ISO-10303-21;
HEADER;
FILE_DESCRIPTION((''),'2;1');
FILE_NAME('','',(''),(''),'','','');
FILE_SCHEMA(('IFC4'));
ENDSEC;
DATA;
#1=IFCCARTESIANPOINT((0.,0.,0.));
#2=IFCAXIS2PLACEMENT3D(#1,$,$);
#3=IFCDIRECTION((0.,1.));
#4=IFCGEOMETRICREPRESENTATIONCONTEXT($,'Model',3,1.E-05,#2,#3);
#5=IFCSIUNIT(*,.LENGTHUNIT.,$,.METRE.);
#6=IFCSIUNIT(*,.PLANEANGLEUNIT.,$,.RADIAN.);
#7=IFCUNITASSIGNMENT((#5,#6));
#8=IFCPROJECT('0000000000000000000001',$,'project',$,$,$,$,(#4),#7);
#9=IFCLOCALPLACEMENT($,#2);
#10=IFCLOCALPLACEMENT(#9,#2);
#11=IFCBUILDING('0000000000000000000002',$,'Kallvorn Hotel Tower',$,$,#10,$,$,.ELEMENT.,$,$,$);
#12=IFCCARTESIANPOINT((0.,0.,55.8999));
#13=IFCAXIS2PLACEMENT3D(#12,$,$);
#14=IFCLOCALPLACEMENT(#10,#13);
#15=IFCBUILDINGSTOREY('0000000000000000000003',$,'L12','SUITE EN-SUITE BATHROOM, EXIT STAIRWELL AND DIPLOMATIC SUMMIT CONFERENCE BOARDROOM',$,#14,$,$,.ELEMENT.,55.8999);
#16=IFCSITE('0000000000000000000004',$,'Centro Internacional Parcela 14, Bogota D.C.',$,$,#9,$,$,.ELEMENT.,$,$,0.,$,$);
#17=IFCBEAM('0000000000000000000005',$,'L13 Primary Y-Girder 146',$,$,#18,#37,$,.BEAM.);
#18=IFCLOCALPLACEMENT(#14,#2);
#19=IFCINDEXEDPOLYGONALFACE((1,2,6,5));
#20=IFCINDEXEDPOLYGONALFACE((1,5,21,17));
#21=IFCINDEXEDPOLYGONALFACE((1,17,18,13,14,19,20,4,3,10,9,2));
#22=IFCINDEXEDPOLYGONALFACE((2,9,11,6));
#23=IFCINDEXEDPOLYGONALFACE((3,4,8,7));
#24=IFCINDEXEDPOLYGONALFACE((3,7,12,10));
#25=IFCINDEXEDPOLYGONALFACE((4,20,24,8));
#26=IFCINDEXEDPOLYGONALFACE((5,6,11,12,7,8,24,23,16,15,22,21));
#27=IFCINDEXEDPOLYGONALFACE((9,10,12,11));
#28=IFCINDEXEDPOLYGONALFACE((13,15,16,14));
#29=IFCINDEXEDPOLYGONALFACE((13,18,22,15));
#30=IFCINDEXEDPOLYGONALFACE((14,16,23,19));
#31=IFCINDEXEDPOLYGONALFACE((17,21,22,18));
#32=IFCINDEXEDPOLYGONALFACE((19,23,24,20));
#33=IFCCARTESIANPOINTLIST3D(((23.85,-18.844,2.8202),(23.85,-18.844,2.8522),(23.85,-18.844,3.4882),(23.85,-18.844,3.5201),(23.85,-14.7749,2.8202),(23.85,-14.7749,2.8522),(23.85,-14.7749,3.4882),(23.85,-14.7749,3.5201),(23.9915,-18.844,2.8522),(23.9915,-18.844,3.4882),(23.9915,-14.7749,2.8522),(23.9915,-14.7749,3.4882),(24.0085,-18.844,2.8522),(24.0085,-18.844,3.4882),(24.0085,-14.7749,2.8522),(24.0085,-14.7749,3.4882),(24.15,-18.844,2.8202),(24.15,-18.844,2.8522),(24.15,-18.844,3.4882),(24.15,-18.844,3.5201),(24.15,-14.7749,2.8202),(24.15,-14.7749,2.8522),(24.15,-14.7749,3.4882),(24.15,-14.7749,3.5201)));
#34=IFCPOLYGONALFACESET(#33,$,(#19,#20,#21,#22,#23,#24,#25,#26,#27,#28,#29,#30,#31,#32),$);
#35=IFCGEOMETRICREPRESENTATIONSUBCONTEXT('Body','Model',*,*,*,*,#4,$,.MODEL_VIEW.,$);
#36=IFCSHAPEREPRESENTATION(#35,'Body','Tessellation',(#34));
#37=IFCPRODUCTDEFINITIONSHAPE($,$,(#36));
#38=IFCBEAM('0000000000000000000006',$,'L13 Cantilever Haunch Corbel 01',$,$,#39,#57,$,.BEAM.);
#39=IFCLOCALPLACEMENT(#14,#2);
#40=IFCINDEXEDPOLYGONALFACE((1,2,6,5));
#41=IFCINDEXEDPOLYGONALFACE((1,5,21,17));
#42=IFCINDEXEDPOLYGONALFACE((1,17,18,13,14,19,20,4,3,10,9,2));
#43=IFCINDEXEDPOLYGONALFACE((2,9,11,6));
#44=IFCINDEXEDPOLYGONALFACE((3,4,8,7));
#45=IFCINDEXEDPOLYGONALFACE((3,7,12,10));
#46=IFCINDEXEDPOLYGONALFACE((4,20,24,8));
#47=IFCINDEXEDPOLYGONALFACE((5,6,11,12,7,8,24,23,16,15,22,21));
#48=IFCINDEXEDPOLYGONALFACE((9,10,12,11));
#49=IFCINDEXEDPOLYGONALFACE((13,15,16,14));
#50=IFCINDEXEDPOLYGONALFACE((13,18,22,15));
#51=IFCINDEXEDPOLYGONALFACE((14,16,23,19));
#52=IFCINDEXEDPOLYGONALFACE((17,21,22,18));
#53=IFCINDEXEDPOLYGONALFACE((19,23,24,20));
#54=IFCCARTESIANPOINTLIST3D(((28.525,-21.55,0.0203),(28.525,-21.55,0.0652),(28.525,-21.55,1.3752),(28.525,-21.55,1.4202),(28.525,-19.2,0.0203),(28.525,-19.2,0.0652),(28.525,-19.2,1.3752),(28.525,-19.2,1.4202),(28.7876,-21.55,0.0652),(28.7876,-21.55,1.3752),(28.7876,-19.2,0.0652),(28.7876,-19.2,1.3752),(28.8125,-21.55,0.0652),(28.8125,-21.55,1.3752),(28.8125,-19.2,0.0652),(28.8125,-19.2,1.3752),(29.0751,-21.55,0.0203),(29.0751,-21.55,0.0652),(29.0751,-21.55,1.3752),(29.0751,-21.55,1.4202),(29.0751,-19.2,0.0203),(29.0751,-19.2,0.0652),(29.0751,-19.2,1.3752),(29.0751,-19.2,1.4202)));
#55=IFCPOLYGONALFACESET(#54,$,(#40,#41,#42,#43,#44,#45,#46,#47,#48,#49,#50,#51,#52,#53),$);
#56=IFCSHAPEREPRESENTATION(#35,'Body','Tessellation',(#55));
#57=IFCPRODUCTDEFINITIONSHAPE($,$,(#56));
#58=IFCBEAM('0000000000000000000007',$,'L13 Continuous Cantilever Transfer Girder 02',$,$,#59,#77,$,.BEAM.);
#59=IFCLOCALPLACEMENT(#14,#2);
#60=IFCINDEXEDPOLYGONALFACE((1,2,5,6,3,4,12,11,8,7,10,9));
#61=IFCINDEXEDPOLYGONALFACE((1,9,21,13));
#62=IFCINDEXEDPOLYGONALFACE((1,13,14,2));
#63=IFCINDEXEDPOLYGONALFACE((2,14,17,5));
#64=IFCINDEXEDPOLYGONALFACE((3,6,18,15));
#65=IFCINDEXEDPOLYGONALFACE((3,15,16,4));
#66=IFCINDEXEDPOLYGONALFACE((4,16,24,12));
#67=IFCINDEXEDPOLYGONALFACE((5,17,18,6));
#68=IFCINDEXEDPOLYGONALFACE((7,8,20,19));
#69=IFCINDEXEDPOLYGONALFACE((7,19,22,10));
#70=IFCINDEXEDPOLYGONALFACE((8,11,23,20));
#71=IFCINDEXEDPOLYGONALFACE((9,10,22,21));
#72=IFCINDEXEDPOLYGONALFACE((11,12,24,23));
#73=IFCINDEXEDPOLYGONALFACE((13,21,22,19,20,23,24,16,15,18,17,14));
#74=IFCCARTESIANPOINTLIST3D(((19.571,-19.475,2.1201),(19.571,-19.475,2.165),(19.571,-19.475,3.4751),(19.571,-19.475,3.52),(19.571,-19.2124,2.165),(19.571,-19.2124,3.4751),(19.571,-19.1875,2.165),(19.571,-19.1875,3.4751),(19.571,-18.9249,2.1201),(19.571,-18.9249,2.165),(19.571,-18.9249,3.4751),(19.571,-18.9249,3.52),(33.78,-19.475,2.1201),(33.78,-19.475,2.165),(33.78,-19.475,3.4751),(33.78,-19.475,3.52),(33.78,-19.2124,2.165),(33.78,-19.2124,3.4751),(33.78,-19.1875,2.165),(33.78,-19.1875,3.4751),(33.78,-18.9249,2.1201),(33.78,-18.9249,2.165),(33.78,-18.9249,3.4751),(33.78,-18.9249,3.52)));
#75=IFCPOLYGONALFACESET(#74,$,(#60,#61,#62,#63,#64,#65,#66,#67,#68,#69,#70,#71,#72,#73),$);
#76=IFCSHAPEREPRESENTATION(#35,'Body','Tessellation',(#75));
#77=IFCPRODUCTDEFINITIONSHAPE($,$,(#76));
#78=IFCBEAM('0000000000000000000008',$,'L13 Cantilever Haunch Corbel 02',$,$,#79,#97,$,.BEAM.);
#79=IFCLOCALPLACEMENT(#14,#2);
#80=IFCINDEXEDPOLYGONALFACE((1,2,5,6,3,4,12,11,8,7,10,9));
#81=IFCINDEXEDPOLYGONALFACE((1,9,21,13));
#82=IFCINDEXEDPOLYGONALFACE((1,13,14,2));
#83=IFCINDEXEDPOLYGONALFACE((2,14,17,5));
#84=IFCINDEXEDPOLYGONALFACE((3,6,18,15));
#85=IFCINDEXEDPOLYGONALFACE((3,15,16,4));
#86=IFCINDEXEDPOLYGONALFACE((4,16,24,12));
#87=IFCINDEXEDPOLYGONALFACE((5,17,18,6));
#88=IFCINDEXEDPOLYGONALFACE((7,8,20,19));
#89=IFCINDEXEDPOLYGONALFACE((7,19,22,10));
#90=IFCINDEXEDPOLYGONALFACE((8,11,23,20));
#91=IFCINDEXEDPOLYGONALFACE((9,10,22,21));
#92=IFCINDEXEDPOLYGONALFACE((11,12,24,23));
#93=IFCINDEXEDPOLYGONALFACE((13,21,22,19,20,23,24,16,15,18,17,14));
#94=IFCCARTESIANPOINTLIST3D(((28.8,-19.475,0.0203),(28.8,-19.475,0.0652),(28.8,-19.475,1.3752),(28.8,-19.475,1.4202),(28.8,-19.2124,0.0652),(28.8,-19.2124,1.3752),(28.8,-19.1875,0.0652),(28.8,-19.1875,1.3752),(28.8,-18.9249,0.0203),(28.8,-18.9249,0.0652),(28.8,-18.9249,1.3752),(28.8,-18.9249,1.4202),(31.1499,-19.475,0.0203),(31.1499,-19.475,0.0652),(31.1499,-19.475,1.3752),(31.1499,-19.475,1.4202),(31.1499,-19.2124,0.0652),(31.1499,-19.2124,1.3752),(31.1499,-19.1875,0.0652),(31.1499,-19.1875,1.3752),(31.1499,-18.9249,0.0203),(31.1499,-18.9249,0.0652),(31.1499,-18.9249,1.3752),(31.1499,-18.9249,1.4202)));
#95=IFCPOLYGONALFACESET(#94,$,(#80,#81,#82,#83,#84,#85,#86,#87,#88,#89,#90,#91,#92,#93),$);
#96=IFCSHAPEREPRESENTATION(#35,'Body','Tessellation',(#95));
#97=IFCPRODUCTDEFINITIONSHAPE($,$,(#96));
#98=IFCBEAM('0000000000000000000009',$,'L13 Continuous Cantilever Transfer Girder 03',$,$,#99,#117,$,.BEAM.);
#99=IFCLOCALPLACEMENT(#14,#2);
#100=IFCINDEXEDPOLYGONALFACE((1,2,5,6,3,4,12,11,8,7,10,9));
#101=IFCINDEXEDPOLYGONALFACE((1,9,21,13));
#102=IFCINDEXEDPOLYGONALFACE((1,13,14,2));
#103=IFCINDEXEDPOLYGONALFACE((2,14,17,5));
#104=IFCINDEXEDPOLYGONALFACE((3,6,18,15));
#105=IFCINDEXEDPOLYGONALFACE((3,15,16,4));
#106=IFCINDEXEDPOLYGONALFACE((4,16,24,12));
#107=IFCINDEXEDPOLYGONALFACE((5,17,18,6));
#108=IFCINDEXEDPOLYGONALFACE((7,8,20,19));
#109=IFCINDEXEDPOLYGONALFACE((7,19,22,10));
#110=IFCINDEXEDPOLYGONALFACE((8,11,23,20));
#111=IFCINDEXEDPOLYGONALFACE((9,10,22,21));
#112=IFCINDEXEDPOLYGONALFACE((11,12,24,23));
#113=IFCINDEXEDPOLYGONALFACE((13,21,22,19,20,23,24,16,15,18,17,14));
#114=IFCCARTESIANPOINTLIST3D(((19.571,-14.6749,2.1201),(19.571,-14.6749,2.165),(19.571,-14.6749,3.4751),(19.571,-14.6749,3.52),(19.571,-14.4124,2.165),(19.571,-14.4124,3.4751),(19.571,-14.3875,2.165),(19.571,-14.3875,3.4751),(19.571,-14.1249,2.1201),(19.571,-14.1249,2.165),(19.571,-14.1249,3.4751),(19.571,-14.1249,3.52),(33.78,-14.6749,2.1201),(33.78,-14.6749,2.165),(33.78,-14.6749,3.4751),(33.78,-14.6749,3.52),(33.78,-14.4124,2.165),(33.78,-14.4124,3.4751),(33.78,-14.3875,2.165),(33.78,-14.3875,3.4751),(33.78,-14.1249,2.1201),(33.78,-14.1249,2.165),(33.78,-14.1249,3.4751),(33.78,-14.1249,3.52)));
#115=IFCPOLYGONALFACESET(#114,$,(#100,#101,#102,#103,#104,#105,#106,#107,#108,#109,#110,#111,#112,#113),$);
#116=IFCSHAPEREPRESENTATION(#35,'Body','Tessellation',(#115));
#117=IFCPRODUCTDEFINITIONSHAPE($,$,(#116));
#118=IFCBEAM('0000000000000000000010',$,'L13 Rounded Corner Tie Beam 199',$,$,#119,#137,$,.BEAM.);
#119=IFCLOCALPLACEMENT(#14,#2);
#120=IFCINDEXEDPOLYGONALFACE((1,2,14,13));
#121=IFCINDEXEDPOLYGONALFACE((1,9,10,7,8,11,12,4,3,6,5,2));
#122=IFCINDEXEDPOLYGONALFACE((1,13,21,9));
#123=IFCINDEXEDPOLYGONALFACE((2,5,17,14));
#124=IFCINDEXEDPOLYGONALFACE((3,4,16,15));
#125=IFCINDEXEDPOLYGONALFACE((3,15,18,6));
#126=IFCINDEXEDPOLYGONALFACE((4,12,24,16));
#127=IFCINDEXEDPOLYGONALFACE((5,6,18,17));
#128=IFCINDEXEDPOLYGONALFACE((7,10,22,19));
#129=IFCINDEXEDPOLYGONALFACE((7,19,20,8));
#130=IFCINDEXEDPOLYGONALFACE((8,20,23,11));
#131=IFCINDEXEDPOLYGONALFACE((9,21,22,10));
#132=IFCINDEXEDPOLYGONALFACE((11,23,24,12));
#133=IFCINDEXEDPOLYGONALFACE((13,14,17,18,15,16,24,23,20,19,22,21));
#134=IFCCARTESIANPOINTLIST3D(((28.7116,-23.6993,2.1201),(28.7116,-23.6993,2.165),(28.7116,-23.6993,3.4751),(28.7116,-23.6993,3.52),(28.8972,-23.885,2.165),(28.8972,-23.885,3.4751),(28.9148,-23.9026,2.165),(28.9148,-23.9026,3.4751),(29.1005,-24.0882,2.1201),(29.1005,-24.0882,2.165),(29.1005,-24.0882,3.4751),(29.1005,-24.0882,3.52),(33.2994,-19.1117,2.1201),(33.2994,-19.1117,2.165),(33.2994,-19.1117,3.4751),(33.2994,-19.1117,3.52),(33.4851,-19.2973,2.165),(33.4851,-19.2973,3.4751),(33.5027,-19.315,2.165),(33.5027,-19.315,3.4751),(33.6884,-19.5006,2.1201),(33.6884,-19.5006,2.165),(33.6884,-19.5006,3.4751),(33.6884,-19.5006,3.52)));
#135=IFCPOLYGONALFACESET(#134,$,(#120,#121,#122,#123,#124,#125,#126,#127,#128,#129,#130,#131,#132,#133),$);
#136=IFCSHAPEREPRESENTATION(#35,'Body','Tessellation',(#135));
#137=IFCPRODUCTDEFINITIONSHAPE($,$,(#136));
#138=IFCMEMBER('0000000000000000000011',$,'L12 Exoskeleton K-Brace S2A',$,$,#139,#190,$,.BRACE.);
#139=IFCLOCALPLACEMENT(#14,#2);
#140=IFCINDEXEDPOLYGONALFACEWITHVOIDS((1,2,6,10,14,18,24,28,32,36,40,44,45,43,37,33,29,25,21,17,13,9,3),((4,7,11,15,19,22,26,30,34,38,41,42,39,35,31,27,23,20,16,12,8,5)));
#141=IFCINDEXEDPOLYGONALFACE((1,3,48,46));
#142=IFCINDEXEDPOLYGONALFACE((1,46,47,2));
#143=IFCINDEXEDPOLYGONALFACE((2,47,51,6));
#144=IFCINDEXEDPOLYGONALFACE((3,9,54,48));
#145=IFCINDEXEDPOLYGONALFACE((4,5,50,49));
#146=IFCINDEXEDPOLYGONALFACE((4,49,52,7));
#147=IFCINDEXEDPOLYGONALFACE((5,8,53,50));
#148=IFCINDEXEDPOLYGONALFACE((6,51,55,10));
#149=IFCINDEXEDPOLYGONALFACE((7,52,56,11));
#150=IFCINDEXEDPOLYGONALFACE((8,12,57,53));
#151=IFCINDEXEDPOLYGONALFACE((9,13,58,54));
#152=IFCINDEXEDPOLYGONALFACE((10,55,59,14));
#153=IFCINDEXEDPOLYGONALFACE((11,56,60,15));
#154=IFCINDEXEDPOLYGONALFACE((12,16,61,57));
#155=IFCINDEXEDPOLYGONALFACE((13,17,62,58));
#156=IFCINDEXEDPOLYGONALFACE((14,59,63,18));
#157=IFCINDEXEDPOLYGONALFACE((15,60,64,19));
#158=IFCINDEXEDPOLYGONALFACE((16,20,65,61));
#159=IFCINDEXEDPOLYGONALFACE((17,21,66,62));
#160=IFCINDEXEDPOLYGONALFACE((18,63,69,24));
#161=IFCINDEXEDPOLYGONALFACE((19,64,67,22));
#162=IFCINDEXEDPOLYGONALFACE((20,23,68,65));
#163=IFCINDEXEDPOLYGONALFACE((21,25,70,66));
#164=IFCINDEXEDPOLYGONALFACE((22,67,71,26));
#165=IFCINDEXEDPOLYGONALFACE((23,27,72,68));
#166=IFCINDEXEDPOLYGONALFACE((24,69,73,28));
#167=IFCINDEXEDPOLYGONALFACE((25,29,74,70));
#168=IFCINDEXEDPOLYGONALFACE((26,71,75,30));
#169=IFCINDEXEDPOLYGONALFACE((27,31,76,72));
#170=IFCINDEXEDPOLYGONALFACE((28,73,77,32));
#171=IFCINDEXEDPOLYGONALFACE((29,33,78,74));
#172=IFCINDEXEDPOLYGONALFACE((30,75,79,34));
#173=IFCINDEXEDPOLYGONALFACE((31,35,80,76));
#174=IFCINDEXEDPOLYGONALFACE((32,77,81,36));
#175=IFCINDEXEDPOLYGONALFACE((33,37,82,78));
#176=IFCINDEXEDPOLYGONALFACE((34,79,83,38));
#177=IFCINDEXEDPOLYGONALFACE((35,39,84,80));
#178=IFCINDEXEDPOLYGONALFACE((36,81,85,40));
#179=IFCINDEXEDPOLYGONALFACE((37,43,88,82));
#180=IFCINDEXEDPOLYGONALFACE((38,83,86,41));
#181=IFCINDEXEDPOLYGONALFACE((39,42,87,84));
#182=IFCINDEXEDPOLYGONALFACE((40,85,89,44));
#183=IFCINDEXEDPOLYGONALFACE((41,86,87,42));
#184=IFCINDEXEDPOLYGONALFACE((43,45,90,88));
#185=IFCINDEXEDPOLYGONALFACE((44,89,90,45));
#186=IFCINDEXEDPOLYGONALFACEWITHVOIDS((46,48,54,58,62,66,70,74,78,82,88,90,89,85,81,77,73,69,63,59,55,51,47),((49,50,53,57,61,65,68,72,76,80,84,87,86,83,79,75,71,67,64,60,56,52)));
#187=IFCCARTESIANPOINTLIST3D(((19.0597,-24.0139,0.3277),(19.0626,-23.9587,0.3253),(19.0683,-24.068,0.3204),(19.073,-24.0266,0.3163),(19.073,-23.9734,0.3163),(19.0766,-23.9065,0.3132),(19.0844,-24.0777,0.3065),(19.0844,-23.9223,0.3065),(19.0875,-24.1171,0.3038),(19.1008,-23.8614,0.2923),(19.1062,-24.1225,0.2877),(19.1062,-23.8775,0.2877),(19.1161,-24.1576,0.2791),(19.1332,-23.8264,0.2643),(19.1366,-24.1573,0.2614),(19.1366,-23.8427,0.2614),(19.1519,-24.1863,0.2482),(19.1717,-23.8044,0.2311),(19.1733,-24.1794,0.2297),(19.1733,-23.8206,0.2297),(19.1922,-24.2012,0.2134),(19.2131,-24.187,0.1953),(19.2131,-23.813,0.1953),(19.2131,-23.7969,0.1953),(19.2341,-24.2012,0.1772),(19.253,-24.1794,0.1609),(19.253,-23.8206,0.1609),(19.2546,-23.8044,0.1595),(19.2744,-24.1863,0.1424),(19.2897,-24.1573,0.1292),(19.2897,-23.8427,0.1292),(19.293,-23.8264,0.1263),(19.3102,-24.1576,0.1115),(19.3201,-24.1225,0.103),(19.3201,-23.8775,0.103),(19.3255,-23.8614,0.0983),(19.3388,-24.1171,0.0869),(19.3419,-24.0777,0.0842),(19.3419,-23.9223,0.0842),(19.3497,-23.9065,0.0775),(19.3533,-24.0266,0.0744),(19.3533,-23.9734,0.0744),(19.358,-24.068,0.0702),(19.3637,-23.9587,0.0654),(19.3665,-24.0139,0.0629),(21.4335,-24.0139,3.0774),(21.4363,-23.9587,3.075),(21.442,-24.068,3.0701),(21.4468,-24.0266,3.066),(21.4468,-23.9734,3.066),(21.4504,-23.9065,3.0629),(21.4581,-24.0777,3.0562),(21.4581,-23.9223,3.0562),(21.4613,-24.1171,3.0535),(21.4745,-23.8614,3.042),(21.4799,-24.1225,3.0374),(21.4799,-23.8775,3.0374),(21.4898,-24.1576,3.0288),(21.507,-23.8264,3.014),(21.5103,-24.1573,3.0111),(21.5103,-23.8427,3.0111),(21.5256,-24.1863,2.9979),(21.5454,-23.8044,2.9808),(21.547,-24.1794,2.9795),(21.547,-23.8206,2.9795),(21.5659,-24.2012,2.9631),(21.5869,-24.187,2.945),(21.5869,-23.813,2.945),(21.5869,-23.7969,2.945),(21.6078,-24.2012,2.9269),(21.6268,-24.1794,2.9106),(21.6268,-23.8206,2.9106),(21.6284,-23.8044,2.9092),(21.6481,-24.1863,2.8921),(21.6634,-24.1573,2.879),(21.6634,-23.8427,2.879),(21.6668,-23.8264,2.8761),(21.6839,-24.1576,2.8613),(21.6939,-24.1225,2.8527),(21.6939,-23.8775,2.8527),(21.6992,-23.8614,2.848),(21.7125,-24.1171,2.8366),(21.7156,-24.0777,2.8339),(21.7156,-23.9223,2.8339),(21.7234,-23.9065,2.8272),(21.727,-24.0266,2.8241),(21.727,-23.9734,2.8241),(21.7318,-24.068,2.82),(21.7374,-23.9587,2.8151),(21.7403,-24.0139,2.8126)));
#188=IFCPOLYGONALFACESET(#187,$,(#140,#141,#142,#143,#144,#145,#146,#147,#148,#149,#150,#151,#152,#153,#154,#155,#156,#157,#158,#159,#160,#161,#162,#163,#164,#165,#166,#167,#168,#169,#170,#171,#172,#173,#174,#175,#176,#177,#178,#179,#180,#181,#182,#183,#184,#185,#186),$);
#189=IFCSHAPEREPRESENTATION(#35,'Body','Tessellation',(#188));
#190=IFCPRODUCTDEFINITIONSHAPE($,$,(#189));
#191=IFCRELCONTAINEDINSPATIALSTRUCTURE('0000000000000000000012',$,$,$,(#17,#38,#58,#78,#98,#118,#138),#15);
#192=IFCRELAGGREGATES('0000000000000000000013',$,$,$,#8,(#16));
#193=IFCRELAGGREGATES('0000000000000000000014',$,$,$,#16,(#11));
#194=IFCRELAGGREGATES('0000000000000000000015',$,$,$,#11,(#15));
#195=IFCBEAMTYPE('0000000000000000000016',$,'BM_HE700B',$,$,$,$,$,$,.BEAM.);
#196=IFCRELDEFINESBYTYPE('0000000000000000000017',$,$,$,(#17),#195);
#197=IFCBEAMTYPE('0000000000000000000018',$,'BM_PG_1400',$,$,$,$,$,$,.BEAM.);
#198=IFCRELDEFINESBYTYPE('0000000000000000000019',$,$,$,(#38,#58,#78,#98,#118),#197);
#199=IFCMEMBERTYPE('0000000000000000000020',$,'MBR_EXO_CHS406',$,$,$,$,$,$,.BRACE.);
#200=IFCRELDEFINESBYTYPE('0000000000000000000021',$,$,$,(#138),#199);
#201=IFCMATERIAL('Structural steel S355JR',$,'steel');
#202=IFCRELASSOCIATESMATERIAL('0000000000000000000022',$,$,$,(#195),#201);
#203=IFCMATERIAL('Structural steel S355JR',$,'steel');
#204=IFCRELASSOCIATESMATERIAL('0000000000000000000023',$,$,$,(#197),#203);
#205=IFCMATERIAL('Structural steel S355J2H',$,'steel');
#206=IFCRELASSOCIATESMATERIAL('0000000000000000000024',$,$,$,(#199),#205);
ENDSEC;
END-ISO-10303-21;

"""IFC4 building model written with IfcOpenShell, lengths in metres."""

from ifc_helpers import new_model, si_unit, direction, frame, origin, origin_2d, place, context, subcontext, project, spatial, hollow_circle, i_section, extrude, material, material_profile, profile_set, type_object, element, save


model = new_model("IFC4")

# Units and contexts
model_context = context("Model", 3, precision=1e-05, world=origin(), true_north=direction((0.0, 1.0)))
body_context = subcontext(model_context, "Body", "Model", "MODEL_VIEW")
ifc_project = project(units=[si_unit("LENGTHUNIT", "METRE"), si_unit("PLANEANGLEUNIT", "RADIAN")], contexts=[model_context])

# Site, building, storey
site_placement = place(None, origin())
site = spatial("IfcSite", under=ifc_project, at=site_placement, Name="Centro Internacional Parcela 14, Bogota D.C.", CompositionType="ELEMENT", RefElevation=0.0)
building_placement = place(site_placement, origin())
building = spatial("IfcBuilding", under=site, at=building_placement, Name="Kallvorn Hotel Tower", CompositionType="ELEMENT")
storey_placement = place(building_placement, frame((0.0, 0.0, 55.8999)))
storey = spatial("IfcBuildingStorey", under=building, at=storey_placement, Name="L12", Description="SUITE EN-SUITE BATHROOM, EXIT STAIRWELL AND DIPLOMATIC SUMMIT CONFERENCE BOARDROOM", CompositionType="ELEMENT", Elevation=55.8999)

# Beams
ifc_material_1 = material(Name="Structural steel S355JR", Category="steel")
ifc_material_profile_1 = material_profile(ifc_material_1, i_section(OverallWidth=0.3, OverallDepth=0.7, WebThickness=0.0171, FlangeThickness=0.032, at=origin_2d()), Name="HE 700 B")
ifc_profile_set_1 = profile_set([ifc_material_profile_1], Name="Structural steel S355JR")
beam_type_1 = type_object("IfcBeamType", Name="BM_HE700B", PredefinedType="BEAM", material=ifc_profile_set_1)
beam_1_placement = place(storey_placement, frame((24.0, -18.844, 3.1702), z_axis=(0.0, 1.0, 0.0), x_axis=(-1.0, 0.0, 0.0)))
element("IfcBeam", 1, at=beam_1_placement, inside=storey, type_object=beam_type_1, Name="L13 Primary Y-Girder 146", PredefinedType="BEAM", context=body_context, shape_type="SweptSolid", body=[
    extrude(i_section(OverallWidth=0.3, OverallDepth=0.7, WebThickness=0.0171, FlangeThickness=0.032, at=origin_2d()), origin(), (0.0, 0.0, 1.0), 4.0691),
])
ifc_material_2 = material(Name="Structural steel S355JR", Category="steel")
ifc_material_profile_2 = material_profile(ifc_material_2, i_section(OverallWidth=0.55, OverallDepth=1.3999, WebThickness=0.0249, FlangeThickness=0.0449, at=origin_2d()), Name="PG 1400x550x25x45")
ifc_profile_set_2 = profile_set([ifc_material_profile_2], Name="Structural steel S355JR")
beam_type_2 = type_object("IfcBeamType", Name="BM_PG_1400", PredefinedType="BEAM", material=ifc_profile_set_2)
beam_2_placement = place(storey_placement, frame((28.8, -19.2, 0.7202), z_axis=(0.0, -1.0, 0.0), x_axis=(1.0, 0.0, 0.0)))
element("IfcBeam", 2, at=beam_2_placement, inside=storey, type_object=beam_type_2, Name="L13 Cantilever Haunch Corbel 01", PredefinedType="BEAM", context=body_context, shape_type="SweptSolid", body=[
    extrude(i_section(OverallWidth=0.55, OverallDepth=1.3999, WebThickness=0.0249, FlangeThickness=0.0449, at=origin_2d()), origin(), (0.0, 0.0, 1.0), 2.3501),
])
beam_3_placement = place(storey_placement, frame((19.571, -19.2, 2.8201), z_axis=(1.0, 0.0, 0.0), x_axis=(0.0, 1.0, 0.0)))
element("IfcBeam", 3, at=beam_3_placement, inside=storey, type_object=beam_type_2, Name="L13 Continuous Cantilever Transfer Girder 02", PredefinedType="BEAM", context=body_context, shape_type="SweptSolid", body=[
    extrude(i_section(OverallWidth=0.55, OverallDepth=1.3999, WebThickness=0.0249, FlangeThickness=0.0449, at=origin_2d()), origin(), (0.0, 0.0, 1.0), 14.209),
])
beam_4_placement = place(storey_placement, frame((28.8, -19.2, 0.7202), z_axis=(1.0, 0.0, 0.0), x_axis=(0.0, 1.0, 0.0)))
element("IfcBeam", 4, at=beam_4_placement, inside=storey, type_object=beam_type_2, Name="L13 Cantilever Haunch Corbel 02", PredefinedType="BEAM", context=body_context, shape_type="SweptSolid", body=[
    extrude(i_section(OverallWidth=0.55, OverallDepth=1.3999, WebThickness=0.0249, FlangeThickness=0.0449, at=origin_2d()), origin(), (0.0, 0.0, 1.0), 2.3499),
])
beam_5_placement = place(storey_placement, frame((19.571, -14.3999, 2.8201), z_axis=(1.0, 0.0, 0.0), x_axis=(0.0, 1.0, 0.0)))
element("IfcBeam", 5, at=beam_5_placement, inside=storey, type_object=beam_type_2, Name="L13 Continuous Cantilever Transfer Girder 03", PredefinedType="BEAM", context=body_context, shape_type="SweptSolid", body=[
    extrude(i_section(OverallWidth=0.55, OverallDepth=1.3999, WebThickness=0.0249, FlangeThickness=0.0449, at=origin_2d()), origin(), (0.0, 0.0, 1.0), 14.209),
])
beam_6_placement = place(storey_placement, frame((33.4939, -19.3062, 2.8201), z_axis=(-0.707126, -0.707088, 0.0), x_axis=(0.707088, -0.707126, 0.0)))
element("IfcBeam", 6, at=beam_6_placement, inside=storey, type_object=beam_type_2, Name="L13 Rounded Corner Tie Beam 199", PredefinedType="BEAM", context=body_context, shape_type="SweptSolid", body=[
    extrude(i_section(OverallWidth=0.55, OverallDepth=1.3999, WebThickness=0.0249, FlangeThickness=0.0449, at=origin_2d()), origin(), (0.0, 0.0, 1.0), 6.488),
])

# Member
ifc_material_3 = material(Name="Structural steel S355J2H", Category="steel")
ifc_material_profile_3 = material_profile(ifc_material_3, hollow_circle(Radius=0.2031, WallThickness=0.0161, at=origin_2d()), Name="CHS 406.4x16")
ifc_profile_set_3 = profile_set([ifc_material_profile_3], Name="Structural steel S355J2H")
member_type_1 = type_object("IfcMemberType", Name="MBR_EXO_CHS406", PredefinedType="BRACE", material=ifc_profile_set_3)
for number, where, z_axis, x_axis, name in (
    (7, (19.2131, -24.0, 0.1953), (0.653461, 0.0, 0.756961), (0.0, 1.0, 0.0), "L12 Exoskeleton K-Brace S2A"),
):
    element("IfcMember", number, at=place(storey_placement, frame(where, z_axis=z_axis, x_axis=x_axis)), inside=storey, type_object=member_type_1, Name=name, PredefinedType="BRACE", context=body_context, shape_type="SweptSolid", body=[
        extrude(hollow_circle(Radius=0.2031, WallThickness=0.0161, at=origin_2d()), origin(), (0.0, 0.0, 1.0), 3.6326),
    ])

save(model, "model.ifc")
